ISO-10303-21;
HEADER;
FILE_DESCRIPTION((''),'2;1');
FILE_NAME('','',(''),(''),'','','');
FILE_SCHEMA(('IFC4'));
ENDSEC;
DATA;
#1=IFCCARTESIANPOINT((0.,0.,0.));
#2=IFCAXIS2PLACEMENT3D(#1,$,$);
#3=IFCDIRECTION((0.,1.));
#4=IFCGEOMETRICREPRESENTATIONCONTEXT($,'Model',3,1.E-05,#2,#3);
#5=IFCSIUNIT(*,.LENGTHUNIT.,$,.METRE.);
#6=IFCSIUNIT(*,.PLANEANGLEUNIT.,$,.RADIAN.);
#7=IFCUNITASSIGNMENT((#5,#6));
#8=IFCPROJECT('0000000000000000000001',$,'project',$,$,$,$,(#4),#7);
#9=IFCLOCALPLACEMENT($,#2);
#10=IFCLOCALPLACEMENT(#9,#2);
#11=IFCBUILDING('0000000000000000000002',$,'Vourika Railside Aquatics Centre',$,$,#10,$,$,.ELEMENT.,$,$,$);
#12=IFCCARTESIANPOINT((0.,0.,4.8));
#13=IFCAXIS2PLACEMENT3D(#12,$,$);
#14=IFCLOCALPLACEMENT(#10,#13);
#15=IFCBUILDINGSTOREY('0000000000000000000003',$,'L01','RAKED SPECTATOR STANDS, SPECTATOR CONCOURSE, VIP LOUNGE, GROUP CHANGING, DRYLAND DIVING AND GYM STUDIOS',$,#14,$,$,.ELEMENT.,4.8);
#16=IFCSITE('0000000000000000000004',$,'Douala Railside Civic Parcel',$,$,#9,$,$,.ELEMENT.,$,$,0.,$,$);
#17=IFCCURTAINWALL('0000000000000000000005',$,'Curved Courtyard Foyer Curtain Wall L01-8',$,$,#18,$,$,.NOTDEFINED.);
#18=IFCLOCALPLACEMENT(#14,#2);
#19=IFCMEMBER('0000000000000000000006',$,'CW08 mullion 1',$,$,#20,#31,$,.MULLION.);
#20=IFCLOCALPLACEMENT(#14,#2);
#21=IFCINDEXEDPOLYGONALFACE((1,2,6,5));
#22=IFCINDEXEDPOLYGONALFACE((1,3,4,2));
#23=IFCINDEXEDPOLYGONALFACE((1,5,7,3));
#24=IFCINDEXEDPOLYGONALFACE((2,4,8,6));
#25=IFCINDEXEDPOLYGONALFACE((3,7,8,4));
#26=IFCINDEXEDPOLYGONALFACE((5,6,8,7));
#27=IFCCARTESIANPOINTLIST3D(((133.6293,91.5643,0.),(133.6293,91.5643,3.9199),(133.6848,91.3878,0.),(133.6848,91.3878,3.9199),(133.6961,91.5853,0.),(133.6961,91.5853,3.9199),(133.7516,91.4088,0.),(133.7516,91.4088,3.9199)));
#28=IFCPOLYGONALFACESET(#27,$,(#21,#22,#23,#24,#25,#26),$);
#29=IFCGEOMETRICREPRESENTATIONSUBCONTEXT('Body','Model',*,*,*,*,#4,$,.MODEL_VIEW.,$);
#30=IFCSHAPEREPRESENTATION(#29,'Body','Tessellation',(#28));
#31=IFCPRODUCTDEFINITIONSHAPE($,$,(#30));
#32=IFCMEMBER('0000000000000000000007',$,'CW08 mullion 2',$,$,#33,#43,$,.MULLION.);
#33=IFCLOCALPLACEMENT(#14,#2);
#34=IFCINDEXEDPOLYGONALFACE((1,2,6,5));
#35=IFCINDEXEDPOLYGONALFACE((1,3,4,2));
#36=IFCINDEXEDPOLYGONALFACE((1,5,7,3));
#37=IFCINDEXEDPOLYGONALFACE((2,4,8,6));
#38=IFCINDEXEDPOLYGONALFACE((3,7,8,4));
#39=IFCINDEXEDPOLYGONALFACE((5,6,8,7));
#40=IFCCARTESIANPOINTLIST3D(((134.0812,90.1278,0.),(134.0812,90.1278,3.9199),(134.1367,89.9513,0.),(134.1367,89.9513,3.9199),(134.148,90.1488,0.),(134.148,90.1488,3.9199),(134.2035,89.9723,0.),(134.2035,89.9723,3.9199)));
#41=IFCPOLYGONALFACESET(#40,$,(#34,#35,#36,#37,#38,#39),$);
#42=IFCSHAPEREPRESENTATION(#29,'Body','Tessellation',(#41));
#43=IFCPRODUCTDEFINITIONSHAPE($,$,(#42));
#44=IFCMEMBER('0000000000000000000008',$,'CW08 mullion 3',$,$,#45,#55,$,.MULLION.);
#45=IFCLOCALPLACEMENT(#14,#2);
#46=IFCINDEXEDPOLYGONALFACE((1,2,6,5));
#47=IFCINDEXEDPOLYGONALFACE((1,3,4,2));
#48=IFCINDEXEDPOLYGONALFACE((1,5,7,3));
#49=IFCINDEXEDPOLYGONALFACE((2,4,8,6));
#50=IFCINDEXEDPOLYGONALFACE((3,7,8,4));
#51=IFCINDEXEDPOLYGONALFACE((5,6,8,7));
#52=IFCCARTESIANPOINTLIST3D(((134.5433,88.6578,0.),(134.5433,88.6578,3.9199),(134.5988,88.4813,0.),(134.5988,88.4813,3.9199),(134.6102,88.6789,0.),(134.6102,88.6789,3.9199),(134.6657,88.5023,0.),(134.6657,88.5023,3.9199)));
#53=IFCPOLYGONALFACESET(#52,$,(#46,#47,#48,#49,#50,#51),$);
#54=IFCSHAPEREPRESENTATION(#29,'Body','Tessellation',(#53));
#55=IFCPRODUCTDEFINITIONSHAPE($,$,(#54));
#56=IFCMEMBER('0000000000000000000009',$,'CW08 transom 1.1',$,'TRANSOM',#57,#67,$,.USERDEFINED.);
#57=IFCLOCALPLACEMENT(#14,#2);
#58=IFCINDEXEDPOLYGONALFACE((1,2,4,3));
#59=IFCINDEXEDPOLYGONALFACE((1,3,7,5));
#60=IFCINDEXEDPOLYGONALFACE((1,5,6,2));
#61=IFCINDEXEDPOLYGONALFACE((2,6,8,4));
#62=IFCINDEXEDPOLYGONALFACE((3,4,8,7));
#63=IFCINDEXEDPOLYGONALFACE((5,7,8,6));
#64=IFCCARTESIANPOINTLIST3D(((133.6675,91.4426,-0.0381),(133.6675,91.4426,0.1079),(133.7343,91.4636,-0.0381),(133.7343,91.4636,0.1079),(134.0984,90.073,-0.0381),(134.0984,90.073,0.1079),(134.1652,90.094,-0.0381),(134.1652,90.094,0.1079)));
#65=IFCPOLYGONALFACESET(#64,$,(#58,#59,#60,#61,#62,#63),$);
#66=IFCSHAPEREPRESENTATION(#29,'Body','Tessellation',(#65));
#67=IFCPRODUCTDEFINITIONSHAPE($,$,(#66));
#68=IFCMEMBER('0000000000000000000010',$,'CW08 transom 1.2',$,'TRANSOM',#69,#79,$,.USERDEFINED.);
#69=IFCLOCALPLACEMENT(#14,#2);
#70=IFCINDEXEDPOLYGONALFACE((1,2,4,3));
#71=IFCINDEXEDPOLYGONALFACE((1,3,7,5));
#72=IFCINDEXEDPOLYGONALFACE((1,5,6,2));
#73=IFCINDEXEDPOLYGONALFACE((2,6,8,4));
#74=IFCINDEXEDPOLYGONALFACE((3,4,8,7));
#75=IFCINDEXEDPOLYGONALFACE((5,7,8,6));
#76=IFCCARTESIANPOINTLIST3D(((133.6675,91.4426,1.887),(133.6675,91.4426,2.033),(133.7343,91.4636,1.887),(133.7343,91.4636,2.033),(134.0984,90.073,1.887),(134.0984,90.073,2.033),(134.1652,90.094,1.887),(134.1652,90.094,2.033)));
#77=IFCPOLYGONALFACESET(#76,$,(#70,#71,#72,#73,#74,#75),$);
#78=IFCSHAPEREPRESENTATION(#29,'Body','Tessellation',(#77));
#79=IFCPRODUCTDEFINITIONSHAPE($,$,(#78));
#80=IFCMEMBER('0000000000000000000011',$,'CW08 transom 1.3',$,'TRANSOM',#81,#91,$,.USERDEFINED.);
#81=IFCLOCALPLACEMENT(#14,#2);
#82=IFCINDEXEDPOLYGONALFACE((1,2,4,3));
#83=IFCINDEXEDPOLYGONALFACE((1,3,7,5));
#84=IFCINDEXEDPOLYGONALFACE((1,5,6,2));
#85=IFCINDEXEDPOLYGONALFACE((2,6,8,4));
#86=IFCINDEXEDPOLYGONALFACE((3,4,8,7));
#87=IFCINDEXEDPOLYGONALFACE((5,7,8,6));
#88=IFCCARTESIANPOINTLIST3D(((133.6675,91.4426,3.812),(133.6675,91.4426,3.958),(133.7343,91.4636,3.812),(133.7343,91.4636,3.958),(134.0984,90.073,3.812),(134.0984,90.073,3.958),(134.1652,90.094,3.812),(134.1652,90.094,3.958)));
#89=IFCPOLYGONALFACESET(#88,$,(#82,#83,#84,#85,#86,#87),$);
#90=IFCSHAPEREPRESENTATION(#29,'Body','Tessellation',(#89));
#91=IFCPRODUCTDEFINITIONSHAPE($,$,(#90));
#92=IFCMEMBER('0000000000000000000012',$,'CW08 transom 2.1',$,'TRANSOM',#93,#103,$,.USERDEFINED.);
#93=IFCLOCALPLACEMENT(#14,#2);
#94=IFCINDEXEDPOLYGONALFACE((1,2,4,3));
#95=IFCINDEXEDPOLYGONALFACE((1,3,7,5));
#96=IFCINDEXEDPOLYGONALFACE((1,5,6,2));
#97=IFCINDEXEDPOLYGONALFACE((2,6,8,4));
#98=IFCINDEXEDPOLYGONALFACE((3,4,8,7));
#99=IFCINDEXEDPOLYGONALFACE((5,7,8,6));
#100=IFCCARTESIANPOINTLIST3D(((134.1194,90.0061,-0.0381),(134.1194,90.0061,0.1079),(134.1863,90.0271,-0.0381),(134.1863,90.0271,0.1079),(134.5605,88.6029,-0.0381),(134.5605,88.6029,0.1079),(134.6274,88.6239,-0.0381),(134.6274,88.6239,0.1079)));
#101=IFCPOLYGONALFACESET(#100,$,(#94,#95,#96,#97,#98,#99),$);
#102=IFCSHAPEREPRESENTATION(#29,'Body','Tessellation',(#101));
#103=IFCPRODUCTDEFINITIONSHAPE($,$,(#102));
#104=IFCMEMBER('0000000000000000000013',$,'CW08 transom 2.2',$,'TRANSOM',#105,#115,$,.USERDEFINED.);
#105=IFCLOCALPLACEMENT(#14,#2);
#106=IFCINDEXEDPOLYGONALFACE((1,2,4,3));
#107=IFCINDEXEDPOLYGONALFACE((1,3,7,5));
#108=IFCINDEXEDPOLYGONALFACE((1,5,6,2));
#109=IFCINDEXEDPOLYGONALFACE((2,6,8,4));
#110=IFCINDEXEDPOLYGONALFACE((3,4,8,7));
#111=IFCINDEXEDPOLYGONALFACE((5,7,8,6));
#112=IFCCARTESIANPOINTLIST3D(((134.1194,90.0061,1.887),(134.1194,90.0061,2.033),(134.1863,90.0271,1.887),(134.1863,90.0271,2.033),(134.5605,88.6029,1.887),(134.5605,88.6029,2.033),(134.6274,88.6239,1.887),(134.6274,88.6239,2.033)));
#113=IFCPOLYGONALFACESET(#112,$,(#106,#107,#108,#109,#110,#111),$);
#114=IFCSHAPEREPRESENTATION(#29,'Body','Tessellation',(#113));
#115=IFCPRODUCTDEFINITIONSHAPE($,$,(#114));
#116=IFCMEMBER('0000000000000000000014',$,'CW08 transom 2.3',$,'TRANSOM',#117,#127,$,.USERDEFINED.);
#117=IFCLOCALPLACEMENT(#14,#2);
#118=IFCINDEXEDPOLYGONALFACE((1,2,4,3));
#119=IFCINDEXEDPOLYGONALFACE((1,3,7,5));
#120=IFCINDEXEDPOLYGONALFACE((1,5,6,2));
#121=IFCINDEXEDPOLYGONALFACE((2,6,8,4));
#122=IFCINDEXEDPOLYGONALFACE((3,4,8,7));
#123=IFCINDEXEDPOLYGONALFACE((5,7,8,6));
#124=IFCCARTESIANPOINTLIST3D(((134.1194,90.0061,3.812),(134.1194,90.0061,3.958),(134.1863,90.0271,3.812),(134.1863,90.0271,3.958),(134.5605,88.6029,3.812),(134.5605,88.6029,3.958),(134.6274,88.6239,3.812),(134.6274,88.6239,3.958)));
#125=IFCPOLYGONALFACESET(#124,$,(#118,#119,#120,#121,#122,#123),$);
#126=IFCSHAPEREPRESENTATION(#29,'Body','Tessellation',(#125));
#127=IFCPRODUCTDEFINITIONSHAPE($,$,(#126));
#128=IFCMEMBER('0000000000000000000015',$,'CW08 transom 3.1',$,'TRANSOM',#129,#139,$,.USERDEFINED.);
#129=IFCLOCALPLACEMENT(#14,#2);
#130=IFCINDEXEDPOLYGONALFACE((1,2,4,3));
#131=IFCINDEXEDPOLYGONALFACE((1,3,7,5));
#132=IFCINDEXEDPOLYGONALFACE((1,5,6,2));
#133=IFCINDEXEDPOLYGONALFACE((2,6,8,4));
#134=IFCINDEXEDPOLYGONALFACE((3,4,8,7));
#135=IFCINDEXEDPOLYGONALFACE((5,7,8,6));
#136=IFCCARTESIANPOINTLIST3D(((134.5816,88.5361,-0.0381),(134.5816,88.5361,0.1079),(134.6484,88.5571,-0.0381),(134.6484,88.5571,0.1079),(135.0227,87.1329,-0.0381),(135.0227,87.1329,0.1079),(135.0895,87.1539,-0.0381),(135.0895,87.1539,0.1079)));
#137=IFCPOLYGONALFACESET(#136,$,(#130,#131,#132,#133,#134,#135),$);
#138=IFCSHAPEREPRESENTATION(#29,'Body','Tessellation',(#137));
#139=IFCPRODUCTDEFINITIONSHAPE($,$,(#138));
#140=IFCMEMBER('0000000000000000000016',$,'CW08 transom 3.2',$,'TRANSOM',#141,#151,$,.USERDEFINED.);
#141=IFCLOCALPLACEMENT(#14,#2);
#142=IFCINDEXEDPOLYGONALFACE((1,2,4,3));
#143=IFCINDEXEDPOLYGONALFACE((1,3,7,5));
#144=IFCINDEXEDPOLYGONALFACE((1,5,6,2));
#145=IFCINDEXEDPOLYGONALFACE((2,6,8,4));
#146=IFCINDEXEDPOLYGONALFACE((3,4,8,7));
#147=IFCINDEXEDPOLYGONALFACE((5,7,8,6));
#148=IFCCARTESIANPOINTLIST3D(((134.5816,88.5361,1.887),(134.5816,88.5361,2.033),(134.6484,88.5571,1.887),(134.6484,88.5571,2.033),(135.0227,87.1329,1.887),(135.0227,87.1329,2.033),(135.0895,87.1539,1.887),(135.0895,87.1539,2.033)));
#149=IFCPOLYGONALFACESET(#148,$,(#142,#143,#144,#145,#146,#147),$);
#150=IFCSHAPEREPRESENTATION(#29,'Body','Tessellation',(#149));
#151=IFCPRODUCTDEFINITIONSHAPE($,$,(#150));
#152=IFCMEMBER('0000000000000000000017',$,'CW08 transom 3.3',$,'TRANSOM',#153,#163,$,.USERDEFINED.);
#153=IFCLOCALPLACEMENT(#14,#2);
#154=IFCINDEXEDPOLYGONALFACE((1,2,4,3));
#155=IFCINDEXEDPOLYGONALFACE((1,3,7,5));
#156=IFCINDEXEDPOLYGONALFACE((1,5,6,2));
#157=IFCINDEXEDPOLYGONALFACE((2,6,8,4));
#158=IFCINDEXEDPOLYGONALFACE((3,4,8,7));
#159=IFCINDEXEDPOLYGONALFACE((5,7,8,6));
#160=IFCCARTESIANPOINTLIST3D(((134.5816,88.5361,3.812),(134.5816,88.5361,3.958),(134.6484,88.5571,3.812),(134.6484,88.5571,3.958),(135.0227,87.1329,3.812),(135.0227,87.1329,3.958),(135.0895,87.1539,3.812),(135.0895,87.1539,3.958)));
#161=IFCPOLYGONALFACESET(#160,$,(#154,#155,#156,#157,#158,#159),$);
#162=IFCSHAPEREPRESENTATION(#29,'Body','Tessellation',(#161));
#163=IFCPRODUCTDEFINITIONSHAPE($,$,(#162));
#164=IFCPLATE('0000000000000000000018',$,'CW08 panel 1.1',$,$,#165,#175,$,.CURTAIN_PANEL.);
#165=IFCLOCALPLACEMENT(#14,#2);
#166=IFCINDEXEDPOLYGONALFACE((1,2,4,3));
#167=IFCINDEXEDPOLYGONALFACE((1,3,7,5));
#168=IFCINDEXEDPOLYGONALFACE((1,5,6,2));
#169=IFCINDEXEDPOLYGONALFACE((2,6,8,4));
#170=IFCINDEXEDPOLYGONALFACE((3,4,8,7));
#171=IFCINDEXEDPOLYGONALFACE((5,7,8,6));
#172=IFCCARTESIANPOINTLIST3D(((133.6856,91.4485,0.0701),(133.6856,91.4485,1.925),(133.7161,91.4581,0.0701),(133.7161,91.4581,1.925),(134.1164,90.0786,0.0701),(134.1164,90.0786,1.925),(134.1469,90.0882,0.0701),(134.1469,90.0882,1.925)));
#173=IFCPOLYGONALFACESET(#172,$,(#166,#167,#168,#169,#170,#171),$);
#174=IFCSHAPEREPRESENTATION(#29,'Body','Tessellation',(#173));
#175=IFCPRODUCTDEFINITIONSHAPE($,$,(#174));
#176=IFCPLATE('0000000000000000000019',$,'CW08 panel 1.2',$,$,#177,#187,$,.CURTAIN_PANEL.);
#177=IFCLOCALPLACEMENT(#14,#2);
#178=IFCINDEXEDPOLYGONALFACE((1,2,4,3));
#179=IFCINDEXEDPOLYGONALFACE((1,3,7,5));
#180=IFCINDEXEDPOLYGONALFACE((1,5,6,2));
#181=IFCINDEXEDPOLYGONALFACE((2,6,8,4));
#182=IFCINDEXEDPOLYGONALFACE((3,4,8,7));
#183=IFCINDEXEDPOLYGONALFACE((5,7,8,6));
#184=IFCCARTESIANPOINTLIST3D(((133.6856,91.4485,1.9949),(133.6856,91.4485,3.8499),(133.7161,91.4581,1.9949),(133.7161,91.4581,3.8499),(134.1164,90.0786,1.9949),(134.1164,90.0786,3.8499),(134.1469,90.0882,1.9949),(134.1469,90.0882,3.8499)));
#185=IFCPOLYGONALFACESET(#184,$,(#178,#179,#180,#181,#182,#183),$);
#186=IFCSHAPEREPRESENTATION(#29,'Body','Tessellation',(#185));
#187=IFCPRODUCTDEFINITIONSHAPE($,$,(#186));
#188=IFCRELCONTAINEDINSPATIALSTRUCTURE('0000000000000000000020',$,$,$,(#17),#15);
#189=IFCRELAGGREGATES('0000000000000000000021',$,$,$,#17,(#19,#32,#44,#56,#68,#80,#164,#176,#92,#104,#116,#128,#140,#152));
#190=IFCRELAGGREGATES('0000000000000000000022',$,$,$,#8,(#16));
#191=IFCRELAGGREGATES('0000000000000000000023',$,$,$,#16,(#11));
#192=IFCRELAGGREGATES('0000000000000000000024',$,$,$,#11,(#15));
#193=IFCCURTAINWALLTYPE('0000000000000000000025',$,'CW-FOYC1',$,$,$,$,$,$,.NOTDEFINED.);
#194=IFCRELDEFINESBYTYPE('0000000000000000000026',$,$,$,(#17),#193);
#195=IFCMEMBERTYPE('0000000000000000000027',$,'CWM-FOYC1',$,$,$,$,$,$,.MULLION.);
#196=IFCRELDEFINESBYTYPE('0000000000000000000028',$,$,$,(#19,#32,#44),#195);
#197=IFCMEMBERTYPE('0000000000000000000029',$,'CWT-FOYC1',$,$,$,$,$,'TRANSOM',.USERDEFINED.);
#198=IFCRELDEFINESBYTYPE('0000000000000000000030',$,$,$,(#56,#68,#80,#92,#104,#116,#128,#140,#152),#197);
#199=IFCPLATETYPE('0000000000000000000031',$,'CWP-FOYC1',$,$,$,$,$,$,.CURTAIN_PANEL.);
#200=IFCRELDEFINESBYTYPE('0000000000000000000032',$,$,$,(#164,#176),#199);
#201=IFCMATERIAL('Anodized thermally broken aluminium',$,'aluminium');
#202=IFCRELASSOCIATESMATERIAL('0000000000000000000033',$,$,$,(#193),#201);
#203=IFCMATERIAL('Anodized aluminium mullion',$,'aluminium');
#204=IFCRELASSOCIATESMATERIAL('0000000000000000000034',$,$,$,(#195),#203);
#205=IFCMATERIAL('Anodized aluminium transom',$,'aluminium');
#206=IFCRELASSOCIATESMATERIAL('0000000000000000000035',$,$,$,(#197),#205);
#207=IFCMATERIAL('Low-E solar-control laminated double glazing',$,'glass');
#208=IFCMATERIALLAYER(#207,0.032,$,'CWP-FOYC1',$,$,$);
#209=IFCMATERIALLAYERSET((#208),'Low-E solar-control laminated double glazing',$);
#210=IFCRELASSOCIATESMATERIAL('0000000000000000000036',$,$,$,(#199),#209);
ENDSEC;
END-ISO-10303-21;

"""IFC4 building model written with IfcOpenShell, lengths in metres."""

from ifc_helpers import new_model, si_unit, direction, frame, origin, origin_2d, place, context, subcontext, project, spatial, rectangle, extrude, material, layer, layer_set, material_profile, profile_set, type_object, element, aggregate, save


model = new_model("IFC4")

# Units and contexts
model_context = context("Model", 3, precision=1e-05, world=origin(), true_north=direction((0.0, 1.0)))
body_context = subcontext(model_context, "Body", "Model", "MODEL_VIEW")
ifc_project = project(units=[si_unit("LENGTHUNIT", "METRE"), si_unit("PLANEANGLEUNIT", "RADIAN")], contexts=[model_context])

# Site, building, storey
site_placement = place(None, origin())
site = spatial("IfcSite", under=ifc_project, at=site_placement, Name="Douala Railside Civic Parcel", CompositionType="ELEMENT", RefElevation=0.0)
building_placement = place(site_placement, origin())
building = spatial("IfcBuilding", under=site, at=building_placement, Name="Vourika Railside Aquatics Centre", CompositionType="ELEMENT")
storey_placement = place(building_placement, frame((0.0, 0.0, 4.8)))
storey = spatial("IfcBuildingStorey", under=building, at=storey_placement, Name="L01", Description="RAKED SPECTATOR STANDS, SPECTATOR CONCOURSE, VIP LOUNGE, GROUP CHANGING, DRYLAND DIVING AND GYM STUDIOS", CompositionType="ELEMENT", Elevation=4.8)

# Curtain wall, members, plates
ifc_material_1 = material(Name="Anodized thermally broken aluminium", Category="aluminium")
curtain_wall_type = type_object("IfcCurtainWallType", Name="CW-FOYC1", PredefinedType="NOTDEFINED", material=ifc_material_1)
curtain_wall_placement = place(storey_placement, origin())
curtain_wall = element("IfcCurtainWall", 1, at=curtain_wall_placement, inside=storey, type_object=curtain_wall_type, Name="Curved Courtyard Foyer Curtain Wall L01-8", PredefinedType="NOTDEFINED")
ifc_material_2 = material(Name="Anodized aluminium mullion", Category="aluminium")
ifc_material_profile_1 = material_profile(ifc_material_2, rectangle(XDim=0.0701, YDim=0.1851, at=origin_2d()), Name="ALU-M 70x185")
ifc_profile_set_1 = profile_set([ifc_material_profile_1], Name="Anodized aluminium mullion")
member_type_1 = type_object("IfcMemberType", Name="CWM-FOYC1", PredefinedType="MULLION", material=ifc_profile_set_1)
member_1_placement = place(storey_placement, frame((133.6904, 91.4866, 0.0), z_axis=(0.0, 0.0, 1.0), x_axis=(0.953947, 0.299974, 0.0)))
member_1 = element("IfcMember", 2, at=member_1_placement, type_object=member_type_1, Name="CW08 mullion 1", PredefinedType="MULLION", context=body_context, shape_type="SweptSolid", body=[
    extrude(rectangle(XDim=0.0701, YDim=0.1851, at=origin_2d()), origin(), (0.0, 0.0, 1.0), 3.9199),
])
member_2_placement = place(storey_placement, frame((134.1423, 90.05, 0.0), z_axis=(0.0, 0.0, 1.0), x_axis=(0.953947, 0.299974, 0.0)))
member_2 = element("IfcMember", 3, at=member_2_placement, type_object=member_type_1, Name="CW08 mullion 2", PredefinedType="MULLION", context=body_context, shape_type="SweptSolid", body=[
    extrude(rectangle(XDim=0.0701, YDim=0.1851, at=origin_2d()), origin(), (0.0, 0.0, 1.0), 3.9199),
])
member_3_placement = place(storey_placement, frame((134.6045, 88.5801, 0.0), z_axis=(0.0, 0.0, 1.0), x_axis=(0.953947, 0.299974, 0.0)))
member_3 = element("IfcMember", 4, at=member_3_placement, type_object=member_type_1, Name="CW08 mullion 3", PredefinedType="MULLION", context=body_context, shape_type="SweptSolid", body=[
    extrude(rectangle(XDim=0.0701, YDim=0.1851, at=origin_2d()), origin(), (0.0, 0.0, 1.0), 3.9199),
])
ifc_material_3 = material(Name="Anodized aluminium transom", Category="aluminium")
ifc_material_profile_2 = material_profile(ifc_material_3, rectangle(XDim=0.0701, YDim=0.146, at=origin_2d()), Name="ALU-T 70x146")
ifc_profile_set_2 = profile_set([ifc_material_profile_2], Name="Anodized aluminium transom")
member_type_2 = type_object("IfcMemberType", Name="CWT-FOYC1", ElementType="TRANSOM", PredefinedType="USERDEFINED", material=ifc_profile_set_2)
member_4_placement = place(storey_placement, frame((133.7009, 91.4531, 0.0349), z_axis=(0.300114, -0.953903, 0.0), x_axis=(0.953903, 0.300114, 0.0)))
member_4 = element("IfcMember", 5, at=member_4_placement, type_object=member_type_2, Name="CW08 transom 1.1", ObjectType="TRANSOM", PredefinedType="USERDEFINED", context=body_context, shape_type="SweptSolid", body=[
    extrude(rectangle(XDim=0.0701, YDim=0.146, at=origin_2d()), origin(), (0.0, 0.0, 1.0), 1.4358),
])
member_5_placement = place(storey_placement, frame((133.7009, 91.4531, 1.96), z_axis=(0.300114, -0.953903, 0.0), x_axis=(0.953903, 0.300114, 0.0)))
member_5 = element("IfcMember", 6, at=member_5_placement, type_object=member_type_2, Name="CW08 transom 1.2", ObjectType="TRANSOM", PredefinedType="USERDEFINED", context=body_context, shape_type="SweptSolid", body=[
    extrude(rectangle(XDim=0.0701, YDim=0.146, at=origin_2d()), origin(), (0.0, 0.0, 1.0), 1.4358),
])
member_6_placement = place(storey_placement, frame((133.7009, 91.4531, 3.885), z_axis=(0.300114, -0.953903, 0.0), x_axis=(0.953903, 0.300114, 0.0)))
member_6 = element("IfcMember", 7, at=member_6_placement, type_object=member_type_2, Name="CW08 transom 1.3", ObjectType="TRANSOM", PredefinedType="USERDEFINED", context=body_context, shape_type="SweptSolid", body=[
    extrude(rectangle(XDim=0.0701, YDim=0.146, at=origin_2d()), origin(), (0.0, 0.0, 1.0), 1.4358),
])
member_7_placement = place(storey_placement, frame((134.1528, 90.0166, 0.0349), z_axis=(0.2999, -0.953971, 0.0), x_axis=(0.953971, 0.2999, 0.0)))
member_7 = element("IfcMember", 8, at=member_7_placement, type_object=member_type_2, Name="CW08 transom 2.1", ObjectType="TRANSOM", PredefinedType="USERDEFINED", context=body_context, shape_type="SweptSolid", body=[
    extrude(rectangle(XDim=0.0701, YDim=0.146, at=origin_2d()), origin(), (0.0, 0.0, 1.0), 1.4709),
])
member_8_placement = place(storey_placement, frame((134.1528, 90.0166, 1.96), z_axis=(0.2999, -0.953971, 0.0), x_axis=(0.953971, 0.2999, 0.0)))
member_8 = element("IfcMember", 9, at=member_8_placement, type_object=member_type_2, Name="CW08 transom 2.2", ObjectType="TRANSOM", PredefinedType="USERDEFINED", context=body_context, shape_type="SweptSolid", body=[
    extrude(rectangle(XDim=0.0701, YDim=0.146, at=origin_2d()), origin(), (0.0, 0.0, 1.0), 1.4709),
])
member_9_placement = place(storey_placement, frame((134.1528, 90.0166, 3.885), z_axis=(0.2999, -0.953971, 0.0), x_axis=(0.953971, 0.2999, 0.0)))
member_9 = element("IfcMember", 10, at=member_9_placement, type_object=member_type_2, Name="CW08 transom 2.3", ObjectType="TRANSOM", PredefinedType="USERDEFINED", context=body_context, shape_type="SweptSolid", body=[
    extrude(rectangle(XDim=0.0701, YDim=0.146, at=origin_2d()), origin(), (0.0, 0.0, 1.0), 1.4709),
])
member_10_placement = place(storey_placement, frame((134.615, 88.5466, 0.0349), z_axis=(0.2999, -0.953971, 0.0), x_axis=(0.953971, 0.2999, 0.0)))
member_10 = element("IfcMember", 11, at=member_10_placement, type_object=member_type_2, Name="CW08 transom 3.1", ObjectType="TRANSOM", PredefinedType="USERDEFINED", context=body_context, shape_type="SweptSolid", body=[
    extrude(rectangle(XDim=0.0701, YDim=0.146, at=origin_2d()), origin(), (0.0, 0.0, 1.0), 1.4709),
])
member_11_placement = place(storey_placement, frame((134.615, 88.5466, 1.96), z_axis=(0.2999, -0.953971, 0.0), x_axis=(0.953971, 0.2999, 0.0)))
member_11 = element("IfcMember", 12, at=member_11_placement, type_object=member_type_2, Name="CW08 transom 3.2", ObjectType="TRANSOM", PredefinedType="USERDEFINED", context=body_context, shape_type="SweptSolid", body=[
    extrude(rectangle(XDim=0.0701, YDim=0.146, at=origin_2d()), origin(), (0.0, 0.0, 1.0), 1.4709),
])
member_12_placement = place(storey_placement, frame((134.615, 88.5466, 3.885), z_axis=(0.2999, -0.953971, 0.0), x_axis=(0.953971, 0.2999, 0.0)))
member_12 = element("IfcMember", 13, at=member_12_placement, type_object=member_type_2, Name="CW08 transom 3.3", ObjectType="TRANSOM", PredefinedType="USERDEFINED", context=body_context, shape_type="SweptSolid", body=[
    extrude(rectangle(XDim=0.0701, YDim=0.146, at=origin_2d()), origin(), (0.0, 0.0, 1.0), 1.4709),
])
ifc_material_4 = material(Name="Low-E solar-control laminated double glazing", Category="glass")
ifc_layer = layer(ifc_material_4, 0.032, Name="CWP-FOYC1")
ifc_layer_set = layer_set([ifc_layer], Name="Low-E solar-control laminated double glazing")
plate_type = type_object("IfcPlateType", Name="CWP-FOYC1", PredefinedType="CURTAIN_PANEL", material=ifc_layer_set)
plate_1_placement = place(storey_placement, frame((133.9163, 90.7683, 0.0701), z_axis=(0.0, 0.0, 1.0), x_axis=(0.299974, -0.953947, 0.0)))
plate_1 = element("IfcPlate", 14, at=plate_1_placement, type_object=plate_type, Name="CW08 panel 1.1", PredefinedType="CURTAIN_PANEL", context=body_context, shape_type="SweptSolid", body=[
    extrude(rectangle(XDim=1.436, YDim=0.032, at=origin_2d()), origin(), (0.0, 0.0, 1.0), 1.855),
])
plate_2_placement = place(storey_placement, frame((133.9163, 90.7683, 1.9949), z_axis=(0.0, 0.0, 1.0), x_axis=(0.299974, -0.953947, 0.0)))
plate_2 = element("IfcPlate", 15, at=plate_2_placement, type_object=plate_type, Name="CW08 panel 1.2", PredefinedType="CURTAIN_PANEL", context=body_context, shape_type="SweptSolid", body=[
    extrude(rectangle(XDim=1.436, YDim=0.032, at=origin_2d()), origin(), (0.0, 0.0, 1.0), 1.855),
])
aggregate(curtain_wall, [member_1, member_2, member_3, member_4, member_5, member_6, plate_1, plate_2, member_7, member_8, member_9, member_10, member_11, member_12])

save(model, "model.ifc")
